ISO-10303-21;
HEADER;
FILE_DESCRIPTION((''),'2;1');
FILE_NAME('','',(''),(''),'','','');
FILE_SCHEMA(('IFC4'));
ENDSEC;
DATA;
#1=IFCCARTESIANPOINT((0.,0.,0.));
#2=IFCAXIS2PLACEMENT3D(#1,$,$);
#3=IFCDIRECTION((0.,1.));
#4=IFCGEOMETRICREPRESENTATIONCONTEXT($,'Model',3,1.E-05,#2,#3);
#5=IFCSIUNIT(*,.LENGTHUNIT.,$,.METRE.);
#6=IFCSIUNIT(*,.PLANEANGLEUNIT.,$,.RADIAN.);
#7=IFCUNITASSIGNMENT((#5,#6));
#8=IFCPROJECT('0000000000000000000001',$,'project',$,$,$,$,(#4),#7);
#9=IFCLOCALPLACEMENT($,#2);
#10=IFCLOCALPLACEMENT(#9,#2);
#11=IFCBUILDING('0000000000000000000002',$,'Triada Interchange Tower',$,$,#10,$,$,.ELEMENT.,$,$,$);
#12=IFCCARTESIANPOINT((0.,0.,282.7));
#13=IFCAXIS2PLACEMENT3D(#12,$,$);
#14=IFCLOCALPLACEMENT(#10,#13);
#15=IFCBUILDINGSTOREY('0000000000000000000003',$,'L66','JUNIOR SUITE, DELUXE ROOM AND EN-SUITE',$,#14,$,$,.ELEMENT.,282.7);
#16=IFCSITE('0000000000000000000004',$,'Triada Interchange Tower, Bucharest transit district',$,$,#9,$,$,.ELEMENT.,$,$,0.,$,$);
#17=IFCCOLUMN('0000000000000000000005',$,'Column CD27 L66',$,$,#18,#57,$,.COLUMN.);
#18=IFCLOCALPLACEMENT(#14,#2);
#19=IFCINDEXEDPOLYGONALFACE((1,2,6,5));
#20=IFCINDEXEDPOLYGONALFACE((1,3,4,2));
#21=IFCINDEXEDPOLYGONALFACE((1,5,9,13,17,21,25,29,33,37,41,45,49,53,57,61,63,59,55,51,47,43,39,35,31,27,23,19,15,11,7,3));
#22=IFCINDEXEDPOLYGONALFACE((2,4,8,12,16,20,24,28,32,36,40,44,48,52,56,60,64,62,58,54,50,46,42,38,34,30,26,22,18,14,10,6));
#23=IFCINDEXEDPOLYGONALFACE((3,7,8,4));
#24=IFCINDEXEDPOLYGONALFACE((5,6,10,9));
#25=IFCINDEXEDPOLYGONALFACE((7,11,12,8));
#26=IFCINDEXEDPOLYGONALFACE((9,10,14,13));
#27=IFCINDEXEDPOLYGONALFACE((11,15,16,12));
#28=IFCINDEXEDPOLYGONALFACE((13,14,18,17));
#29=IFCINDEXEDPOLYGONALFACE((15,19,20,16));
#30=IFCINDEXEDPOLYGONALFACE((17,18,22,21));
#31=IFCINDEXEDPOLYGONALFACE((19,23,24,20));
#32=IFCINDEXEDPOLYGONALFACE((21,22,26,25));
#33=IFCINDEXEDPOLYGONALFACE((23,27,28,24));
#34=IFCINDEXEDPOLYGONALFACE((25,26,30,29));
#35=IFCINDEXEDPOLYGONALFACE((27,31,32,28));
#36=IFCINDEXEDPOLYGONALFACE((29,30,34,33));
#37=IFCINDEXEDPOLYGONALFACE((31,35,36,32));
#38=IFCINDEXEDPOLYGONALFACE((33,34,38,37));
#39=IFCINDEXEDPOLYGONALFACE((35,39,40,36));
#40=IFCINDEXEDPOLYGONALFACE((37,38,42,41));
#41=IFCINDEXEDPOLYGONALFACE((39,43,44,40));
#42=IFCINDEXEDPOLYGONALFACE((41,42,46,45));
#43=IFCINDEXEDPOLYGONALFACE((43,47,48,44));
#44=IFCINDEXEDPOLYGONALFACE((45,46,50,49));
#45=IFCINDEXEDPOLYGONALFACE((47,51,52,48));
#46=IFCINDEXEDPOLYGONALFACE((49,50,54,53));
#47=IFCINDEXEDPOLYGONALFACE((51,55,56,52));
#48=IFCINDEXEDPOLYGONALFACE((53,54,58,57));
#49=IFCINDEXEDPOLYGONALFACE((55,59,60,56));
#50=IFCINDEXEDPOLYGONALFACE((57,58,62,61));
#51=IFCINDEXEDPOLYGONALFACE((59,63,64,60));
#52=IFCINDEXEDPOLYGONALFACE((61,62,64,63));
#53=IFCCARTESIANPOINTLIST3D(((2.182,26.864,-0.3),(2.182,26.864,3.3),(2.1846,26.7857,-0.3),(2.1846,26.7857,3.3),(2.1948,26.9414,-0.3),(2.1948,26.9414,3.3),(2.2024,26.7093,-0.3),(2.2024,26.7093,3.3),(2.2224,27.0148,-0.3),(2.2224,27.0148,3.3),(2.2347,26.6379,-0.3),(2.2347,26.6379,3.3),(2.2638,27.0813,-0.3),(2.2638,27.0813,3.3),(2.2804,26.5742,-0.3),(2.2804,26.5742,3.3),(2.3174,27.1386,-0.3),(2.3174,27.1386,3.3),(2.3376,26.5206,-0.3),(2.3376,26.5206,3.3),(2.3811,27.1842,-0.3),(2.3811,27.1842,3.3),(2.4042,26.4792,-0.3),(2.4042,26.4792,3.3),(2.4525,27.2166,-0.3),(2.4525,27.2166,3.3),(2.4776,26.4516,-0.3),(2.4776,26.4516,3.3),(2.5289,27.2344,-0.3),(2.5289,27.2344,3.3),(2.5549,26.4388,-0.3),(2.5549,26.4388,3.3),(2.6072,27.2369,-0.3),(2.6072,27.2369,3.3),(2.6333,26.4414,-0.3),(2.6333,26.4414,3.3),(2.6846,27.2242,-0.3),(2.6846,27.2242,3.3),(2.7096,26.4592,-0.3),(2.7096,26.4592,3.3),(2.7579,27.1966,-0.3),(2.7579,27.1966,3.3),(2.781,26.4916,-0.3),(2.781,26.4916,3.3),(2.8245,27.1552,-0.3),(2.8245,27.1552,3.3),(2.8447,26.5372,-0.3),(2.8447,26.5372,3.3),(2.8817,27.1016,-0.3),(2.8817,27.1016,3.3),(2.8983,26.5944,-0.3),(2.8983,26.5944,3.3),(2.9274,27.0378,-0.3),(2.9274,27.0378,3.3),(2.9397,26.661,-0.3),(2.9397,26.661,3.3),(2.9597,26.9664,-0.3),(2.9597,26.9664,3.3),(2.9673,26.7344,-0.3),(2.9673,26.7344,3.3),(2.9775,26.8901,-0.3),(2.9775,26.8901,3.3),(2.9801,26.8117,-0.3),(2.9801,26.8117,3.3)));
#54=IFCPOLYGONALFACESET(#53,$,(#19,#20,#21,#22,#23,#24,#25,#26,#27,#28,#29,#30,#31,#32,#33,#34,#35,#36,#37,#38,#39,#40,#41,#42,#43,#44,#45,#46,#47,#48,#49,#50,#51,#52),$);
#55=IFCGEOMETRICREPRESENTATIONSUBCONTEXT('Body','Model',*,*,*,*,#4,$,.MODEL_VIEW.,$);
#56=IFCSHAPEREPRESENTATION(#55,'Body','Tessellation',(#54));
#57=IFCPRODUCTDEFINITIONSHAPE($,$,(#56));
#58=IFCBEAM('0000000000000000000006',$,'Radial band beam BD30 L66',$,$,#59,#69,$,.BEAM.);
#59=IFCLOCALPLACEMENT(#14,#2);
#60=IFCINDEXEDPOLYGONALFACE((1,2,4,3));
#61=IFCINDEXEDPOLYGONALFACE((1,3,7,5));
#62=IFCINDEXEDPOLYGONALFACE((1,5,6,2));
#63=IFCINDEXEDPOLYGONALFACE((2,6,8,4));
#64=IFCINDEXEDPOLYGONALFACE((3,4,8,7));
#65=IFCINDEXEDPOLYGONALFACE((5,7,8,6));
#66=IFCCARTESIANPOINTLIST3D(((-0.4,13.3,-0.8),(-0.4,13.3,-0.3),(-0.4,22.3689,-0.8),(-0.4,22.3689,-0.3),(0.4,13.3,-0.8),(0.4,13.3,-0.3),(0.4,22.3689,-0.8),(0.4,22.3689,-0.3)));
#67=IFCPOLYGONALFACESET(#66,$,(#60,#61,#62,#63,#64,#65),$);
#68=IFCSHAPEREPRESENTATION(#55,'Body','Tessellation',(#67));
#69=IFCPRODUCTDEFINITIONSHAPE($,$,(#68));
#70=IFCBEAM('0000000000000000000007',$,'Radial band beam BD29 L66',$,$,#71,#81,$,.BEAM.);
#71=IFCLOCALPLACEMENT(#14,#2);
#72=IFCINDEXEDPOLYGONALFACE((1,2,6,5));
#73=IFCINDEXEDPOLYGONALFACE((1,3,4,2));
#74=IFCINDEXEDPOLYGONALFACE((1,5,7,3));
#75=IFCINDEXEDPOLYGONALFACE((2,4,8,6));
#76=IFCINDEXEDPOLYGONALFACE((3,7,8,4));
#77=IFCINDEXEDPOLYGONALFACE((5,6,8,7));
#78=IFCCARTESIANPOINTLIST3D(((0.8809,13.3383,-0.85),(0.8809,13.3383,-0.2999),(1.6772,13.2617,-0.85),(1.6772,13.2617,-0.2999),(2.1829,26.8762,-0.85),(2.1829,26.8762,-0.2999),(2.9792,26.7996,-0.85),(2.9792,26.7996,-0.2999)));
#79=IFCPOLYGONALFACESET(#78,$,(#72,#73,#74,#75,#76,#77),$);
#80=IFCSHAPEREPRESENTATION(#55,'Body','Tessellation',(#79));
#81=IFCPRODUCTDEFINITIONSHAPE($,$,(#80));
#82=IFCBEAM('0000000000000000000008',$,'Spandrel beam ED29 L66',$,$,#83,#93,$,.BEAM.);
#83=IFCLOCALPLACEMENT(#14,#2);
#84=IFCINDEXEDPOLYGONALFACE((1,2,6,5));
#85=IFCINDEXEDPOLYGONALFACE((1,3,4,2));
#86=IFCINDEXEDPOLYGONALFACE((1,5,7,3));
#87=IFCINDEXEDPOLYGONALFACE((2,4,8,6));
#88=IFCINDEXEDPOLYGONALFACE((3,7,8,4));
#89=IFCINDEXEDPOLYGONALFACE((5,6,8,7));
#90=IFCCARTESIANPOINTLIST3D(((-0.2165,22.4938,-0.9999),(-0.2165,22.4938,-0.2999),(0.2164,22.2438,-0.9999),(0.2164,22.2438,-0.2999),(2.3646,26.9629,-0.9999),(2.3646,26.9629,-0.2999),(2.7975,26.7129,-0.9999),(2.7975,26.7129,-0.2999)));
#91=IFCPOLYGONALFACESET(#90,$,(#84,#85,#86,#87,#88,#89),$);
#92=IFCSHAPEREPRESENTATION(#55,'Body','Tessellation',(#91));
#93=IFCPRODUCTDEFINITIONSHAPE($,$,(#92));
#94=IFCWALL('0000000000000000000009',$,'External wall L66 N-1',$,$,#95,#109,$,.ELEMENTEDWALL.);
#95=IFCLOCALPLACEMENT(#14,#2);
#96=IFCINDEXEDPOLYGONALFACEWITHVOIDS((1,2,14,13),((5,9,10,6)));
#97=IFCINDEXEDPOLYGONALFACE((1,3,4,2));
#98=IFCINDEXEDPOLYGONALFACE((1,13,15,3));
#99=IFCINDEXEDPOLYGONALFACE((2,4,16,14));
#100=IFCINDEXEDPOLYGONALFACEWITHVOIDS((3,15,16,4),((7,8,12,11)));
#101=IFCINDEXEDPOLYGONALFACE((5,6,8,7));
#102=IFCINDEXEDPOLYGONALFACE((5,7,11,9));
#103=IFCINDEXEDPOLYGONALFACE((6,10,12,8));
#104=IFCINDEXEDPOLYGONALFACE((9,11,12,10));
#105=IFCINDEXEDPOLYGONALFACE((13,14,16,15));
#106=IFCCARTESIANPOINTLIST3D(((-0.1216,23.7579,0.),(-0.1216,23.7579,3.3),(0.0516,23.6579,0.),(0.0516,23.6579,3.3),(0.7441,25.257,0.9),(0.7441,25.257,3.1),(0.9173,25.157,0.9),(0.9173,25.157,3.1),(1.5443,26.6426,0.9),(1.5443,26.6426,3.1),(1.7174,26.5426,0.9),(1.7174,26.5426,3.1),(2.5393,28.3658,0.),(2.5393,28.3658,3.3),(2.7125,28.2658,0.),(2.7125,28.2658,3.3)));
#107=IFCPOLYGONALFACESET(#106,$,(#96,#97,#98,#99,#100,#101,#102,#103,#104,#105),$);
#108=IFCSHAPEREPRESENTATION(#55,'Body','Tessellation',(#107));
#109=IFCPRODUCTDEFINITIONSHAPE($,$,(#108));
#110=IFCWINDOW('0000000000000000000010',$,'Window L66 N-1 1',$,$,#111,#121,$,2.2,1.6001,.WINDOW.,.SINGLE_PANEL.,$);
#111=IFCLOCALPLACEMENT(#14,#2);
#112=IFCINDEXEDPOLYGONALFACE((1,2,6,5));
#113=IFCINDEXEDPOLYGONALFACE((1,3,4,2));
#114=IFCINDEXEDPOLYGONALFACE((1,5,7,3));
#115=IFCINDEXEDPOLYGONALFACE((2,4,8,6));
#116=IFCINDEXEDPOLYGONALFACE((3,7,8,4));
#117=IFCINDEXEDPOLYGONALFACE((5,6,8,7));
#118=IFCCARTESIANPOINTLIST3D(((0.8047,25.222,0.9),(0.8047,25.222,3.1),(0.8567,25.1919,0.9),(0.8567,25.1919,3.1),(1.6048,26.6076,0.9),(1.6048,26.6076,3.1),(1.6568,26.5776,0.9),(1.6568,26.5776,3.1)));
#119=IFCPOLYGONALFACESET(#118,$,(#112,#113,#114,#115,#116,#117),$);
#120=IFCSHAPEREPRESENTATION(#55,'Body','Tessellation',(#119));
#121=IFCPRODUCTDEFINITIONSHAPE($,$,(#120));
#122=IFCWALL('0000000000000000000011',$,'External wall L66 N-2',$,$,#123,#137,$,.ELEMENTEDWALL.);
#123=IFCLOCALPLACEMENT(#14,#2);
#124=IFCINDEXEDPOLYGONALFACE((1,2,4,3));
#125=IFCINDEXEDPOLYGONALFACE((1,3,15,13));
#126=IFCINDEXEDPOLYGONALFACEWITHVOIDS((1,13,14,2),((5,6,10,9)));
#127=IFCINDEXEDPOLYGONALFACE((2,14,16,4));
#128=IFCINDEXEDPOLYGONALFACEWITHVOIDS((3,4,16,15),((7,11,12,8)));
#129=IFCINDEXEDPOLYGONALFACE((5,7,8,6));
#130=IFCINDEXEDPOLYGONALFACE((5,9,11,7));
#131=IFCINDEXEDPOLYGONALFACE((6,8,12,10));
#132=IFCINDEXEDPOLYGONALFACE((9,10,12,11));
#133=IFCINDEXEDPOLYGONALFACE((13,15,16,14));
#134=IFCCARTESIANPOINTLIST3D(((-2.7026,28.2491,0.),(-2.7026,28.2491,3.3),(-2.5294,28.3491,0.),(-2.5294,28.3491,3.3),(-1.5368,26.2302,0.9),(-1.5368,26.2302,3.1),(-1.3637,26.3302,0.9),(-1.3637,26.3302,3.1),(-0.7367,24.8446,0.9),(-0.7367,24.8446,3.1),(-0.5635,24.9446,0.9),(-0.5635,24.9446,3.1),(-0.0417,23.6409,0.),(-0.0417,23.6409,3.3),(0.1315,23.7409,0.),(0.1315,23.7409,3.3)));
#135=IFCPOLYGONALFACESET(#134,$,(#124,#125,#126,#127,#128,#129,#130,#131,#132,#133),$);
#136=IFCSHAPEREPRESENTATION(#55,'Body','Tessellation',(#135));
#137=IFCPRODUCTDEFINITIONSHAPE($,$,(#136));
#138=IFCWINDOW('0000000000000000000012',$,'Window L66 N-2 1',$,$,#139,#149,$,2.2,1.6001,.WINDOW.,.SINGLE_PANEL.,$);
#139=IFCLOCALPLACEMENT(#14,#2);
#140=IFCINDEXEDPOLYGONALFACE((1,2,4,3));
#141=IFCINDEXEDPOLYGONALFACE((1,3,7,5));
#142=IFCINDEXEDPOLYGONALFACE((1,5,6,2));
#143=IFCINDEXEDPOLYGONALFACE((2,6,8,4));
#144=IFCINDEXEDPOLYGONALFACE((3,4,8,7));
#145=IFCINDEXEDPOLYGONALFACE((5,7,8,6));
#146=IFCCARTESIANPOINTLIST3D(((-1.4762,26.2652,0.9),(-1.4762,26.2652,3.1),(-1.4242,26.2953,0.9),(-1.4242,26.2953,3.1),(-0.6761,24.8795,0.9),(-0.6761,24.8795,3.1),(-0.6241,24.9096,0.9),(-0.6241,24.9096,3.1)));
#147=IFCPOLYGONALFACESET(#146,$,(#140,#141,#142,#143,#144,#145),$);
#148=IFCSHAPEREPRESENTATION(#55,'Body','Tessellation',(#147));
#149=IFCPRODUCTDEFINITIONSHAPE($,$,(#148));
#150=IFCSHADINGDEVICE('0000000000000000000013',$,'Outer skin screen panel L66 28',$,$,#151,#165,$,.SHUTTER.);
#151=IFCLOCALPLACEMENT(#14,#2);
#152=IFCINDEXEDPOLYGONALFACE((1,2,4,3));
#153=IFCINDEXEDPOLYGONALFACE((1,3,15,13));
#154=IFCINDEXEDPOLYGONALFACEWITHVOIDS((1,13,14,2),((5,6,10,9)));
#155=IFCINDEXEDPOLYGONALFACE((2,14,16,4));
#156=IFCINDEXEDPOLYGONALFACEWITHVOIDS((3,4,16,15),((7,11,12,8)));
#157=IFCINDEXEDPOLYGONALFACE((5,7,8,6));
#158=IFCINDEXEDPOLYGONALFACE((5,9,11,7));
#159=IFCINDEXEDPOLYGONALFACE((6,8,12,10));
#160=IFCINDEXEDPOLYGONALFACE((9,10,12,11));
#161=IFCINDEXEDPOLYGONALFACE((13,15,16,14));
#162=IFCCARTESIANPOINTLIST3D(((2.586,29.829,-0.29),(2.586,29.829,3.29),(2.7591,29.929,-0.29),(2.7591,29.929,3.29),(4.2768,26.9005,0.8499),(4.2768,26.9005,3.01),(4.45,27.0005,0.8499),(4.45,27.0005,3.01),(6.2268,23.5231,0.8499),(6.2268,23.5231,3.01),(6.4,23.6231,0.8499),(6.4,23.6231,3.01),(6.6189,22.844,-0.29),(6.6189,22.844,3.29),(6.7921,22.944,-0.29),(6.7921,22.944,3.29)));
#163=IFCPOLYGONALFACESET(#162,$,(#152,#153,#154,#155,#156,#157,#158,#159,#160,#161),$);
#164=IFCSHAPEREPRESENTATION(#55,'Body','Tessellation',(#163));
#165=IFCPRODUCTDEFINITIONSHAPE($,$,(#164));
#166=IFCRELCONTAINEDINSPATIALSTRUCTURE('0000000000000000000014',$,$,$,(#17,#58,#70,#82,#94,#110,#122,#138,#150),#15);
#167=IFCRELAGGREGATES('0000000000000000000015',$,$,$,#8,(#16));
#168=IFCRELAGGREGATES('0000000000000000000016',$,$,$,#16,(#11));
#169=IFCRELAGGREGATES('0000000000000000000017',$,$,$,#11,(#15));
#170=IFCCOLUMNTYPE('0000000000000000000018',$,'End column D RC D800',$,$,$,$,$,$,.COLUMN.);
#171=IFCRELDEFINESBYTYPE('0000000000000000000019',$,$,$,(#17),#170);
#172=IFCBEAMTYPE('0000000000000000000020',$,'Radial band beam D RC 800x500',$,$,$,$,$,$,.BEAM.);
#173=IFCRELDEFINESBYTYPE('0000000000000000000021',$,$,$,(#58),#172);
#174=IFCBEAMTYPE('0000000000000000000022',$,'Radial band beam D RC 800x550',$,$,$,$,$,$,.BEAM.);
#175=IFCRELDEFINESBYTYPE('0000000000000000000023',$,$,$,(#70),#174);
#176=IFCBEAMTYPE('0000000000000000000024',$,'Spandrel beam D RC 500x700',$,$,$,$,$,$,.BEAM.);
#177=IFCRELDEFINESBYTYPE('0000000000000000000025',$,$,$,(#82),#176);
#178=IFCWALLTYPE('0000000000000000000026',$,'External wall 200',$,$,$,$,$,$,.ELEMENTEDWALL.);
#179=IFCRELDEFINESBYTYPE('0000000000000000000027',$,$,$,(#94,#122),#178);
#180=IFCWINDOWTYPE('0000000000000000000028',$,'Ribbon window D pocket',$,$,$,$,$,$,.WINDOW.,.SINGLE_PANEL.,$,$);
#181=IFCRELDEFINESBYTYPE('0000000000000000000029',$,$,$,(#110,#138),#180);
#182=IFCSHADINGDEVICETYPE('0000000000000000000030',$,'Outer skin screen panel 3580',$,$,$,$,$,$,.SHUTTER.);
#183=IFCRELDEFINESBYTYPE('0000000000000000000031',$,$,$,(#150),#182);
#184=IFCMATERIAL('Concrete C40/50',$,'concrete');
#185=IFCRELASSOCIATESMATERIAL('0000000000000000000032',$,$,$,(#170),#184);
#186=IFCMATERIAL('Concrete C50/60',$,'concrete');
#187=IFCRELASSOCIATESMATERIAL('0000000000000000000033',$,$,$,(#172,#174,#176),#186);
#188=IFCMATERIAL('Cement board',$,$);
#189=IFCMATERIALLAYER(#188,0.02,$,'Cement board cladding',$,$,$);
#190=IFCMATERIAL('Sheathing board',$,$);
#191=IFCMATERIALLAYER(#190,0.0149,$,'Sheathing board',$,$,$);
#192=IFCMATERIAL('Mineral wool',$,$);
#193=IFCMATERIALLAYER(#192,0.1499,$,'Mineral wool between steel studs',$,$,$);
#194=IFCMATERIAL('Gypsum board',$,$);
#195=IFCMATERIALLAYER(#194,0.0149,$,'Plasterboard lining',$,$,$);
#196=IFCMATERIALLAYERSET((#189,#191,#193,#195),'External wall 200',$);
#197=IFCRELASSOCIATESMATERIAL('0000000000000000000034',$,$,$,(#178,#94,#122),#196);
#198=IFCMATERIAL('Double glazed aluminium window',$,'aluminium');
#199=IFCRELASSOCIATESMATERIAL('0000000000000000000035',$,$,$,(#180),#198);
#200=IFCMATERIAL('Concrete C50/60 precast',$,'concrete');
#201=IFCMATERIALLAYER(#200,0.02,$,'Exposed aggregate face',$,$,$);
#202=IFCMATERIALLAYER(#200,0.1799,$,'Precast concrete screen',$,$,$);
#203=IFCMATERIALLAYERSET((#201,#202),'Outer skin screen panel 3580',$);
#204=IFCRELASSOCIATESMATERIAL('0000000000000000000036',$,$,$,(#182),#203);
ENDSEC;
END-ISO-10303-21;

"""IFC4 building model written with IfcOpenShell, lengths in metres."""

from ifc_helpers import new_model, si_unit, direction, frame, frame_2d, origin, origin_2d, place, context, subcontext, project, spatial, polyline, rectangle, circle, outline, extrude, material, layer, layer_set, layer_usage, material_profile, profile_set, type_object, element, fill, save


model = new_model("IFC4")

# Units and contexts
model_context = context("Model", 3, precision=1e-05, world=origin(), true_north=direction((0.0, 1.0)))
body_context = subcontext(model_context, "Body", "Model", "MODEL_VIEW")
ifc_project = project(units=[si_unit("LENGTHUNIT", "METRE"), si_unit("PLANEANGLEUNIT", "RADIAN")], contexts=[model_context])

# Site, building, storey
site_placement = place(None, origin())
site = spatial("IfcSite", under=ifc_project, at=site_placement, Name="Triada Interchange Tower, Bucharest transit district", CompositionType="ELEMENT", RefElevation=0.0)
building_placement = place(site_placement, origin())
building = spatial("IfcBuilding", under=site, at=building_placement, Name="Triada Interchange Tower", CompositionType="ELEMENT")
storey_placement = place(building_placement, frame((0.0, 0.0, 282.7)))
storey = spatial("IfcBuildingStorey", under=building, at=storey_placement, Name="L66", Description="JUNIOR SUITE, DELUXE ROOM AND EN-SUITE", CompositionType="ELEMENT", Elevation=282.7)

# Column
ifc_material_1 = material(Name="Concrete C40/50", Category="concrete")
ifc_material_profile_1 = material_profile(ifc_material_1, circle(Radius=0.3999, at=origin_2d()), Name="RC D800")
ifc_profile_set_1 = profile_set([ifc_material_profile_1], Name="Concrete C40/50")
column_type = type_object("IfcColumnType", Name="End column D RC D800", PredefinedType="COLUMN", material=ifc_profile_set_1)
column_placement = place(storey_placement, frame((2.5811, 26.8379, -0.3), z_axis=(0.0, 0.0, 1.0), x_axis=(-0.5, 0.866025, 0.0)))
element("IfcColumn", 1, at=column_placement, inside=storey, type_object=column_type, Name="Column CD27 L66", PredefinedType="COLUMN", context=body_context, shape_type="SweptSolid", body=[
    extrude(circle(Radius=0.3999, at=origin_2d()), origin(), (0.0, 0.0, 1.0), 3.6001),
])

# Beams
ifc_material_2 = material(Name="Concrete C50/60", Category="concrete")
ifc_material_profile_2 = material_profile(ifc_material_2, rectangle(XDim=0.8, YDim=0.5, at=origin_2d()), Name="RC 800x500")
ifc_profile_set_2 = profile_set([ifc_material_profile_2], Name="Concrete C50/60")
beam_type_1 = type_object("IfcBeamType", Name="Radial band beam D RC 800x500", PredefinedType="BEAM", material=ifc_profile_set_2)
beam_1_placement = place(storey_placement, frame((0.0, 22.3689, -0.55), z_axis=(0.0, -1.0, 0.0), x_axis=(1.0, 0.0, 0.0)))
element("IfcBeam", 2, at=beam_1_placement, inside=storey, type_object=beam_type_1, Name="Radial band beam BD30 L66", PredefinedType="BEAM", context=body_context, shape_type="SweptSolid", body=[
    extrude(rectangle(XDim=0.8, YDim=0.5, at=origin_2d()), origin(), (0.0, 0.0, 1.0), 9.0688),
])
ifc_material_profile_3 = material_profile(ifc_material_2, rectangle(XDim=0.8, YDim=0.55, at=origin_2d()), Name="RC 800x550")
ifc_profile_set_3 = profile_set([ifc_material_profile_3], Name="Concrete C50/60")
beam_type_2 = type_object("IfcBeamType", Name="Radial band beam D RC 800x550", PredefinedType="BEAM", material=ifc_profile_set_3)
beam_2_placement = place(storey_placement, frame((2.5811, 26.8379, -0.575), z_axis=(-0.095733, -0.995407, 0.0), x_axis=(0.995407, -0.095733, 0.0)))
element("IfcBeam", 3, at=beam_2_placement, inside=storey, type_object=beam_type_2, Name="Radial band beam BD29 L66", PredefinedType="BEAM", context=body_context, shape_type="SweptSolid", body=[
    extrude(rectangle(XDim=0.8, YDim=0.55, at=origin_2d()), origin(), (0.0, 0.0, 1.0), 13.6003),
])
ifc_material_profile_4 = material_profile(ifc_material_2, rectangle(XDim=0.5, YDim=0.7, at=origin_2d()), Name="RC 500x700")
ifc_profile_set_4 = profile_set([ifc_material_profile_4], Name="Concrete C50/60")
beam_type_3 = type_object("IfcBeamType", Name="Spandrel beam D RC 500x700", PredefinedType="BEAM", material=ifc_profile_set_4)
beam_3_placement = place(storey_placement, frame((2.5811, 26.8379, -0.6499), z_axis=(-0.500128, -0.865952, 0.0), x_axis=(0.865952, -0.500128, 0.0)))
element("IfcBeam", 4, at=beam_3_placement, inside=storey, type_object=beam_type_3, Name="Spandrel beam ED29 L66", PredefinedType="BEAM", context=body_context, shape_type="SweptSolid", body=[
    extrude(rectangle(XDim=0.5, YDim=0.7, at=origin_2d()), origin(), (0.0, 0.0, 1.0), 5.1609),
])

# Walls, openings, windows
ifc_material_3 = material(Name="Cement board")
ifc_layer_1 = layer(ifc_material_3, 0.02, Name="Cement board cladding")
ifc_material_4 = material(Name="Sheathing board")
ifc_layer_2 = layer(ifc_material_4, 0.0149, Name="Sheathing board")
ifc_material_5 = material(Name="Mineral wool")
ifc_layer_3 = layer(ifc_material_5, 0.1499, Name="Mineral wool between steel studs")
ifc_material_6 = material(Name="Gypsum board")
ifc_layer_4 = layer(ifc_material_6, 0.0149, Name="Plasterboard lining")
ifc_layer_set_1 = layer_set([ifc_layer_1, ifc_layer_2, ifc_layer_3, ifc_layer_4], Name="External wall 200")
ifc_layer_usage = layer_usage(ifc_layer_set_1, "AXIS2", "POSITIVE", -0.1001)
wall_type = type_object("IfcWallType", Name="External wall 200", PredefinedType="ELEMENTEDWALL", material=ifc_layer_set_1)
wall_1_placement = place(storey_placement, frame((2.626, 28.3159, 0.0), z_axis=(0.0, 0.0, 1.0), x_axis=(-0.500072, -0.865984, 0.0)))
wall_1 = element("IfcWall", 5, at=wall_1_placement, inside=storey, type_object=wall_type, material=ifc_layer_usage, Name="External wall L66 N-1", PredefinedType="ELEMENTEDWALL", context=body_context, shape_type="SweptSolid", body=[
    extrude(rectangle(XDim=5.321, YDim=0.2, at=frame_2d((2.6606, 0.0))), origin(), (0.0, 0.0, 1.0), 3.3),
])
opening_1_placement = place(wall_1_placement, frame((1.99, 0.0, 0.8999)))
opening_1 = element("IfcOpeningElement", 6, at=opening_1_placement, cuts=wall_1, PredefinedType="OPENING", context=body_context, shape_type="SweptSolid", body=[
    extrude(rectangle(XDim=1.6001, YDim=2.2, at=frame_2d((0.8, 1.1001))), frame((0.0, 0.1099, 0.0), z_axis=(0.0, -1.0, 0.0), x_axis=(1.0, 0.0, 0.0)), (0.0, 0.0, 1.0), 0.22),
])
ifc_material_7 = material(Name="Double glazed aluminium window", Category="aluminium")
window_type = type_object("IfcWindowType", Name="Ribbon window D pocket", PartitioningType="SINGLE_PANEL", PredefinedType="WINDOW", material=ifc_material_7)
window_1_placement = place(opening_1_placement, origin())
window_1 = element("IfcWindow", 7, at=window_1_placement, inside=storey, type_object=window_type, Name="Window L66 N-1 1", OverallHeight=2.2, OverallWidth=1.6001, PartitioningType="SINGLE_PANEL", PredefinedType="WINDOW", context=body_context, shape_type="SweptSolid", body=[
    extrude(rectangle(XDim=1.6001, YDim=2.2, at=frame_2d((0.8, 1.1001))), frame((0.0, 0.03, 0.0), z_axis=(0.0, -1.0, 0.0), x_axis=(1.0, 0.0, 0.0)), (0.0, 0.0, 1.0), 0.0601),
])
fill(opening_1, window_1)
wall_2_placement = place(storey_placement, frame((0.0449, 23.6909, 0.0), z_axis=(0.0, 0.0, 1.0), x_axis=(-0.500052, 0.865995, 0.0)))
wall_2 = element("IfcWall", 8, at=wall_2_placement, inside=storey, type_object=wall_type, material=ifc_layer_usage, Name="External wall L66 N-2", PredefinedType="ELEMENTEDWALL", context=body_context, shape_type="SweptSolid", body=[
    extrude(rectangle(XDim=5.3213, YDim=0.2, at=frame_2d((2.6606, 0.0))), origin(), (0.0, 0.0, 1.0), 3.3),
])
opening_2_placement = place(wall_2_placement, frame((1.3899, 0.0, 0.8999)))
opening_2 = element("IfcOpeningElement", 9, at=opening_2_placement, cuts=wall_2, PredefinedType="OPENING", context=body_context, shape_type="SweptSolid", body=[
    extrude(rectangle(XDim=1.6001, YDim=2.2, at=frame_2d((0.8, 1.1001))), frame((0.0, 0.1099, 0.0), z_axis=(0.0, -1.0, 0.0), x_axis=(1.0, 0.0, 0.0)), (0.0, 0.0, 1.0), 0.22),
])
window_2_placement = place(opening_2_placement, origin())
window_2 = element("IfcWindow", 10, at=window_2_placement, inside=storey, type_object=window_type, Name="Window L66 N-2 1", OverallHeight=2.2, OverallWidth=1.6001, PartitioningType="SINGLE_PANEL", PredefinedType="WINDOW", context=body_context, shape_type="SweptSolid", body=[
    extrude(rectangle(XDim=1.6001, YDim=2.2, at=frame_2d((0.8, 1.1001))), frame((0.0, 0.03, 0.0), z_axis=(0.0, -1.0, 0.0), x_axis=(1.0, 0.0, 0.0)), (0.0, 0.0, 1.0), 0.0601),
])
fill(opening_2, window_2)

# Shading device
ifc_material_8 = material(Name="Concrete C50/60 precast", Category="concrete")
ifc_layer_5 = layer(ifc_material_8, 0.02, Name="Exposed aggregate face")
ifc_layer_6 = layer(ifc_material_8, 0.1799, Name="Precast concrete screen")
ifc_layer_set_2 = layer_set([ifc_layer_5, ifc_layer_6], Name="Outer skin screen panel 3580")
shading_device_type = type_object("IfcShadingDeviceType", Name="Outer skin screen panel 3580", PredefinedType="SHUTTER", material=ifc_layer_set_2)
shading_device_1_placement = place(storey_placement, frame((6.6189, 22.844, -0.29), z_axis=(0.0, 0.0, 1.0), x_axis=(-0.50001, 0.86602, 0.0)))
element("IfcShadingDevice", 11, at=shading_device_1_placement, inside=storey, type_object=shading_device_type, Name="Outer skin screen panel L66 28", PredefinedType="SHUTTER", context=body_context, shape_type="SweptSolid", body=[
    extrude(outline(polyline([(0.0, 0.0), (8.0657, 0.0), (8.0657, 3.5801), (0.0, 3.5801), (0.0, 0.0)]), holes=[polyline([(0.7842, 1.1399), (0.7842, 3.3), (4.6841, 3.3), (4.6841, 1.1399), (0.7842, 1.1399)])]), frame((0.0, 0.0, 0.0), z_axis=(0.0, -1.0, 0.0), x_axis=(1.0, 0.0, 0.0)), (0.0, 0.0, 1.0), 0.2),
])

save(model, "model.ifc")
